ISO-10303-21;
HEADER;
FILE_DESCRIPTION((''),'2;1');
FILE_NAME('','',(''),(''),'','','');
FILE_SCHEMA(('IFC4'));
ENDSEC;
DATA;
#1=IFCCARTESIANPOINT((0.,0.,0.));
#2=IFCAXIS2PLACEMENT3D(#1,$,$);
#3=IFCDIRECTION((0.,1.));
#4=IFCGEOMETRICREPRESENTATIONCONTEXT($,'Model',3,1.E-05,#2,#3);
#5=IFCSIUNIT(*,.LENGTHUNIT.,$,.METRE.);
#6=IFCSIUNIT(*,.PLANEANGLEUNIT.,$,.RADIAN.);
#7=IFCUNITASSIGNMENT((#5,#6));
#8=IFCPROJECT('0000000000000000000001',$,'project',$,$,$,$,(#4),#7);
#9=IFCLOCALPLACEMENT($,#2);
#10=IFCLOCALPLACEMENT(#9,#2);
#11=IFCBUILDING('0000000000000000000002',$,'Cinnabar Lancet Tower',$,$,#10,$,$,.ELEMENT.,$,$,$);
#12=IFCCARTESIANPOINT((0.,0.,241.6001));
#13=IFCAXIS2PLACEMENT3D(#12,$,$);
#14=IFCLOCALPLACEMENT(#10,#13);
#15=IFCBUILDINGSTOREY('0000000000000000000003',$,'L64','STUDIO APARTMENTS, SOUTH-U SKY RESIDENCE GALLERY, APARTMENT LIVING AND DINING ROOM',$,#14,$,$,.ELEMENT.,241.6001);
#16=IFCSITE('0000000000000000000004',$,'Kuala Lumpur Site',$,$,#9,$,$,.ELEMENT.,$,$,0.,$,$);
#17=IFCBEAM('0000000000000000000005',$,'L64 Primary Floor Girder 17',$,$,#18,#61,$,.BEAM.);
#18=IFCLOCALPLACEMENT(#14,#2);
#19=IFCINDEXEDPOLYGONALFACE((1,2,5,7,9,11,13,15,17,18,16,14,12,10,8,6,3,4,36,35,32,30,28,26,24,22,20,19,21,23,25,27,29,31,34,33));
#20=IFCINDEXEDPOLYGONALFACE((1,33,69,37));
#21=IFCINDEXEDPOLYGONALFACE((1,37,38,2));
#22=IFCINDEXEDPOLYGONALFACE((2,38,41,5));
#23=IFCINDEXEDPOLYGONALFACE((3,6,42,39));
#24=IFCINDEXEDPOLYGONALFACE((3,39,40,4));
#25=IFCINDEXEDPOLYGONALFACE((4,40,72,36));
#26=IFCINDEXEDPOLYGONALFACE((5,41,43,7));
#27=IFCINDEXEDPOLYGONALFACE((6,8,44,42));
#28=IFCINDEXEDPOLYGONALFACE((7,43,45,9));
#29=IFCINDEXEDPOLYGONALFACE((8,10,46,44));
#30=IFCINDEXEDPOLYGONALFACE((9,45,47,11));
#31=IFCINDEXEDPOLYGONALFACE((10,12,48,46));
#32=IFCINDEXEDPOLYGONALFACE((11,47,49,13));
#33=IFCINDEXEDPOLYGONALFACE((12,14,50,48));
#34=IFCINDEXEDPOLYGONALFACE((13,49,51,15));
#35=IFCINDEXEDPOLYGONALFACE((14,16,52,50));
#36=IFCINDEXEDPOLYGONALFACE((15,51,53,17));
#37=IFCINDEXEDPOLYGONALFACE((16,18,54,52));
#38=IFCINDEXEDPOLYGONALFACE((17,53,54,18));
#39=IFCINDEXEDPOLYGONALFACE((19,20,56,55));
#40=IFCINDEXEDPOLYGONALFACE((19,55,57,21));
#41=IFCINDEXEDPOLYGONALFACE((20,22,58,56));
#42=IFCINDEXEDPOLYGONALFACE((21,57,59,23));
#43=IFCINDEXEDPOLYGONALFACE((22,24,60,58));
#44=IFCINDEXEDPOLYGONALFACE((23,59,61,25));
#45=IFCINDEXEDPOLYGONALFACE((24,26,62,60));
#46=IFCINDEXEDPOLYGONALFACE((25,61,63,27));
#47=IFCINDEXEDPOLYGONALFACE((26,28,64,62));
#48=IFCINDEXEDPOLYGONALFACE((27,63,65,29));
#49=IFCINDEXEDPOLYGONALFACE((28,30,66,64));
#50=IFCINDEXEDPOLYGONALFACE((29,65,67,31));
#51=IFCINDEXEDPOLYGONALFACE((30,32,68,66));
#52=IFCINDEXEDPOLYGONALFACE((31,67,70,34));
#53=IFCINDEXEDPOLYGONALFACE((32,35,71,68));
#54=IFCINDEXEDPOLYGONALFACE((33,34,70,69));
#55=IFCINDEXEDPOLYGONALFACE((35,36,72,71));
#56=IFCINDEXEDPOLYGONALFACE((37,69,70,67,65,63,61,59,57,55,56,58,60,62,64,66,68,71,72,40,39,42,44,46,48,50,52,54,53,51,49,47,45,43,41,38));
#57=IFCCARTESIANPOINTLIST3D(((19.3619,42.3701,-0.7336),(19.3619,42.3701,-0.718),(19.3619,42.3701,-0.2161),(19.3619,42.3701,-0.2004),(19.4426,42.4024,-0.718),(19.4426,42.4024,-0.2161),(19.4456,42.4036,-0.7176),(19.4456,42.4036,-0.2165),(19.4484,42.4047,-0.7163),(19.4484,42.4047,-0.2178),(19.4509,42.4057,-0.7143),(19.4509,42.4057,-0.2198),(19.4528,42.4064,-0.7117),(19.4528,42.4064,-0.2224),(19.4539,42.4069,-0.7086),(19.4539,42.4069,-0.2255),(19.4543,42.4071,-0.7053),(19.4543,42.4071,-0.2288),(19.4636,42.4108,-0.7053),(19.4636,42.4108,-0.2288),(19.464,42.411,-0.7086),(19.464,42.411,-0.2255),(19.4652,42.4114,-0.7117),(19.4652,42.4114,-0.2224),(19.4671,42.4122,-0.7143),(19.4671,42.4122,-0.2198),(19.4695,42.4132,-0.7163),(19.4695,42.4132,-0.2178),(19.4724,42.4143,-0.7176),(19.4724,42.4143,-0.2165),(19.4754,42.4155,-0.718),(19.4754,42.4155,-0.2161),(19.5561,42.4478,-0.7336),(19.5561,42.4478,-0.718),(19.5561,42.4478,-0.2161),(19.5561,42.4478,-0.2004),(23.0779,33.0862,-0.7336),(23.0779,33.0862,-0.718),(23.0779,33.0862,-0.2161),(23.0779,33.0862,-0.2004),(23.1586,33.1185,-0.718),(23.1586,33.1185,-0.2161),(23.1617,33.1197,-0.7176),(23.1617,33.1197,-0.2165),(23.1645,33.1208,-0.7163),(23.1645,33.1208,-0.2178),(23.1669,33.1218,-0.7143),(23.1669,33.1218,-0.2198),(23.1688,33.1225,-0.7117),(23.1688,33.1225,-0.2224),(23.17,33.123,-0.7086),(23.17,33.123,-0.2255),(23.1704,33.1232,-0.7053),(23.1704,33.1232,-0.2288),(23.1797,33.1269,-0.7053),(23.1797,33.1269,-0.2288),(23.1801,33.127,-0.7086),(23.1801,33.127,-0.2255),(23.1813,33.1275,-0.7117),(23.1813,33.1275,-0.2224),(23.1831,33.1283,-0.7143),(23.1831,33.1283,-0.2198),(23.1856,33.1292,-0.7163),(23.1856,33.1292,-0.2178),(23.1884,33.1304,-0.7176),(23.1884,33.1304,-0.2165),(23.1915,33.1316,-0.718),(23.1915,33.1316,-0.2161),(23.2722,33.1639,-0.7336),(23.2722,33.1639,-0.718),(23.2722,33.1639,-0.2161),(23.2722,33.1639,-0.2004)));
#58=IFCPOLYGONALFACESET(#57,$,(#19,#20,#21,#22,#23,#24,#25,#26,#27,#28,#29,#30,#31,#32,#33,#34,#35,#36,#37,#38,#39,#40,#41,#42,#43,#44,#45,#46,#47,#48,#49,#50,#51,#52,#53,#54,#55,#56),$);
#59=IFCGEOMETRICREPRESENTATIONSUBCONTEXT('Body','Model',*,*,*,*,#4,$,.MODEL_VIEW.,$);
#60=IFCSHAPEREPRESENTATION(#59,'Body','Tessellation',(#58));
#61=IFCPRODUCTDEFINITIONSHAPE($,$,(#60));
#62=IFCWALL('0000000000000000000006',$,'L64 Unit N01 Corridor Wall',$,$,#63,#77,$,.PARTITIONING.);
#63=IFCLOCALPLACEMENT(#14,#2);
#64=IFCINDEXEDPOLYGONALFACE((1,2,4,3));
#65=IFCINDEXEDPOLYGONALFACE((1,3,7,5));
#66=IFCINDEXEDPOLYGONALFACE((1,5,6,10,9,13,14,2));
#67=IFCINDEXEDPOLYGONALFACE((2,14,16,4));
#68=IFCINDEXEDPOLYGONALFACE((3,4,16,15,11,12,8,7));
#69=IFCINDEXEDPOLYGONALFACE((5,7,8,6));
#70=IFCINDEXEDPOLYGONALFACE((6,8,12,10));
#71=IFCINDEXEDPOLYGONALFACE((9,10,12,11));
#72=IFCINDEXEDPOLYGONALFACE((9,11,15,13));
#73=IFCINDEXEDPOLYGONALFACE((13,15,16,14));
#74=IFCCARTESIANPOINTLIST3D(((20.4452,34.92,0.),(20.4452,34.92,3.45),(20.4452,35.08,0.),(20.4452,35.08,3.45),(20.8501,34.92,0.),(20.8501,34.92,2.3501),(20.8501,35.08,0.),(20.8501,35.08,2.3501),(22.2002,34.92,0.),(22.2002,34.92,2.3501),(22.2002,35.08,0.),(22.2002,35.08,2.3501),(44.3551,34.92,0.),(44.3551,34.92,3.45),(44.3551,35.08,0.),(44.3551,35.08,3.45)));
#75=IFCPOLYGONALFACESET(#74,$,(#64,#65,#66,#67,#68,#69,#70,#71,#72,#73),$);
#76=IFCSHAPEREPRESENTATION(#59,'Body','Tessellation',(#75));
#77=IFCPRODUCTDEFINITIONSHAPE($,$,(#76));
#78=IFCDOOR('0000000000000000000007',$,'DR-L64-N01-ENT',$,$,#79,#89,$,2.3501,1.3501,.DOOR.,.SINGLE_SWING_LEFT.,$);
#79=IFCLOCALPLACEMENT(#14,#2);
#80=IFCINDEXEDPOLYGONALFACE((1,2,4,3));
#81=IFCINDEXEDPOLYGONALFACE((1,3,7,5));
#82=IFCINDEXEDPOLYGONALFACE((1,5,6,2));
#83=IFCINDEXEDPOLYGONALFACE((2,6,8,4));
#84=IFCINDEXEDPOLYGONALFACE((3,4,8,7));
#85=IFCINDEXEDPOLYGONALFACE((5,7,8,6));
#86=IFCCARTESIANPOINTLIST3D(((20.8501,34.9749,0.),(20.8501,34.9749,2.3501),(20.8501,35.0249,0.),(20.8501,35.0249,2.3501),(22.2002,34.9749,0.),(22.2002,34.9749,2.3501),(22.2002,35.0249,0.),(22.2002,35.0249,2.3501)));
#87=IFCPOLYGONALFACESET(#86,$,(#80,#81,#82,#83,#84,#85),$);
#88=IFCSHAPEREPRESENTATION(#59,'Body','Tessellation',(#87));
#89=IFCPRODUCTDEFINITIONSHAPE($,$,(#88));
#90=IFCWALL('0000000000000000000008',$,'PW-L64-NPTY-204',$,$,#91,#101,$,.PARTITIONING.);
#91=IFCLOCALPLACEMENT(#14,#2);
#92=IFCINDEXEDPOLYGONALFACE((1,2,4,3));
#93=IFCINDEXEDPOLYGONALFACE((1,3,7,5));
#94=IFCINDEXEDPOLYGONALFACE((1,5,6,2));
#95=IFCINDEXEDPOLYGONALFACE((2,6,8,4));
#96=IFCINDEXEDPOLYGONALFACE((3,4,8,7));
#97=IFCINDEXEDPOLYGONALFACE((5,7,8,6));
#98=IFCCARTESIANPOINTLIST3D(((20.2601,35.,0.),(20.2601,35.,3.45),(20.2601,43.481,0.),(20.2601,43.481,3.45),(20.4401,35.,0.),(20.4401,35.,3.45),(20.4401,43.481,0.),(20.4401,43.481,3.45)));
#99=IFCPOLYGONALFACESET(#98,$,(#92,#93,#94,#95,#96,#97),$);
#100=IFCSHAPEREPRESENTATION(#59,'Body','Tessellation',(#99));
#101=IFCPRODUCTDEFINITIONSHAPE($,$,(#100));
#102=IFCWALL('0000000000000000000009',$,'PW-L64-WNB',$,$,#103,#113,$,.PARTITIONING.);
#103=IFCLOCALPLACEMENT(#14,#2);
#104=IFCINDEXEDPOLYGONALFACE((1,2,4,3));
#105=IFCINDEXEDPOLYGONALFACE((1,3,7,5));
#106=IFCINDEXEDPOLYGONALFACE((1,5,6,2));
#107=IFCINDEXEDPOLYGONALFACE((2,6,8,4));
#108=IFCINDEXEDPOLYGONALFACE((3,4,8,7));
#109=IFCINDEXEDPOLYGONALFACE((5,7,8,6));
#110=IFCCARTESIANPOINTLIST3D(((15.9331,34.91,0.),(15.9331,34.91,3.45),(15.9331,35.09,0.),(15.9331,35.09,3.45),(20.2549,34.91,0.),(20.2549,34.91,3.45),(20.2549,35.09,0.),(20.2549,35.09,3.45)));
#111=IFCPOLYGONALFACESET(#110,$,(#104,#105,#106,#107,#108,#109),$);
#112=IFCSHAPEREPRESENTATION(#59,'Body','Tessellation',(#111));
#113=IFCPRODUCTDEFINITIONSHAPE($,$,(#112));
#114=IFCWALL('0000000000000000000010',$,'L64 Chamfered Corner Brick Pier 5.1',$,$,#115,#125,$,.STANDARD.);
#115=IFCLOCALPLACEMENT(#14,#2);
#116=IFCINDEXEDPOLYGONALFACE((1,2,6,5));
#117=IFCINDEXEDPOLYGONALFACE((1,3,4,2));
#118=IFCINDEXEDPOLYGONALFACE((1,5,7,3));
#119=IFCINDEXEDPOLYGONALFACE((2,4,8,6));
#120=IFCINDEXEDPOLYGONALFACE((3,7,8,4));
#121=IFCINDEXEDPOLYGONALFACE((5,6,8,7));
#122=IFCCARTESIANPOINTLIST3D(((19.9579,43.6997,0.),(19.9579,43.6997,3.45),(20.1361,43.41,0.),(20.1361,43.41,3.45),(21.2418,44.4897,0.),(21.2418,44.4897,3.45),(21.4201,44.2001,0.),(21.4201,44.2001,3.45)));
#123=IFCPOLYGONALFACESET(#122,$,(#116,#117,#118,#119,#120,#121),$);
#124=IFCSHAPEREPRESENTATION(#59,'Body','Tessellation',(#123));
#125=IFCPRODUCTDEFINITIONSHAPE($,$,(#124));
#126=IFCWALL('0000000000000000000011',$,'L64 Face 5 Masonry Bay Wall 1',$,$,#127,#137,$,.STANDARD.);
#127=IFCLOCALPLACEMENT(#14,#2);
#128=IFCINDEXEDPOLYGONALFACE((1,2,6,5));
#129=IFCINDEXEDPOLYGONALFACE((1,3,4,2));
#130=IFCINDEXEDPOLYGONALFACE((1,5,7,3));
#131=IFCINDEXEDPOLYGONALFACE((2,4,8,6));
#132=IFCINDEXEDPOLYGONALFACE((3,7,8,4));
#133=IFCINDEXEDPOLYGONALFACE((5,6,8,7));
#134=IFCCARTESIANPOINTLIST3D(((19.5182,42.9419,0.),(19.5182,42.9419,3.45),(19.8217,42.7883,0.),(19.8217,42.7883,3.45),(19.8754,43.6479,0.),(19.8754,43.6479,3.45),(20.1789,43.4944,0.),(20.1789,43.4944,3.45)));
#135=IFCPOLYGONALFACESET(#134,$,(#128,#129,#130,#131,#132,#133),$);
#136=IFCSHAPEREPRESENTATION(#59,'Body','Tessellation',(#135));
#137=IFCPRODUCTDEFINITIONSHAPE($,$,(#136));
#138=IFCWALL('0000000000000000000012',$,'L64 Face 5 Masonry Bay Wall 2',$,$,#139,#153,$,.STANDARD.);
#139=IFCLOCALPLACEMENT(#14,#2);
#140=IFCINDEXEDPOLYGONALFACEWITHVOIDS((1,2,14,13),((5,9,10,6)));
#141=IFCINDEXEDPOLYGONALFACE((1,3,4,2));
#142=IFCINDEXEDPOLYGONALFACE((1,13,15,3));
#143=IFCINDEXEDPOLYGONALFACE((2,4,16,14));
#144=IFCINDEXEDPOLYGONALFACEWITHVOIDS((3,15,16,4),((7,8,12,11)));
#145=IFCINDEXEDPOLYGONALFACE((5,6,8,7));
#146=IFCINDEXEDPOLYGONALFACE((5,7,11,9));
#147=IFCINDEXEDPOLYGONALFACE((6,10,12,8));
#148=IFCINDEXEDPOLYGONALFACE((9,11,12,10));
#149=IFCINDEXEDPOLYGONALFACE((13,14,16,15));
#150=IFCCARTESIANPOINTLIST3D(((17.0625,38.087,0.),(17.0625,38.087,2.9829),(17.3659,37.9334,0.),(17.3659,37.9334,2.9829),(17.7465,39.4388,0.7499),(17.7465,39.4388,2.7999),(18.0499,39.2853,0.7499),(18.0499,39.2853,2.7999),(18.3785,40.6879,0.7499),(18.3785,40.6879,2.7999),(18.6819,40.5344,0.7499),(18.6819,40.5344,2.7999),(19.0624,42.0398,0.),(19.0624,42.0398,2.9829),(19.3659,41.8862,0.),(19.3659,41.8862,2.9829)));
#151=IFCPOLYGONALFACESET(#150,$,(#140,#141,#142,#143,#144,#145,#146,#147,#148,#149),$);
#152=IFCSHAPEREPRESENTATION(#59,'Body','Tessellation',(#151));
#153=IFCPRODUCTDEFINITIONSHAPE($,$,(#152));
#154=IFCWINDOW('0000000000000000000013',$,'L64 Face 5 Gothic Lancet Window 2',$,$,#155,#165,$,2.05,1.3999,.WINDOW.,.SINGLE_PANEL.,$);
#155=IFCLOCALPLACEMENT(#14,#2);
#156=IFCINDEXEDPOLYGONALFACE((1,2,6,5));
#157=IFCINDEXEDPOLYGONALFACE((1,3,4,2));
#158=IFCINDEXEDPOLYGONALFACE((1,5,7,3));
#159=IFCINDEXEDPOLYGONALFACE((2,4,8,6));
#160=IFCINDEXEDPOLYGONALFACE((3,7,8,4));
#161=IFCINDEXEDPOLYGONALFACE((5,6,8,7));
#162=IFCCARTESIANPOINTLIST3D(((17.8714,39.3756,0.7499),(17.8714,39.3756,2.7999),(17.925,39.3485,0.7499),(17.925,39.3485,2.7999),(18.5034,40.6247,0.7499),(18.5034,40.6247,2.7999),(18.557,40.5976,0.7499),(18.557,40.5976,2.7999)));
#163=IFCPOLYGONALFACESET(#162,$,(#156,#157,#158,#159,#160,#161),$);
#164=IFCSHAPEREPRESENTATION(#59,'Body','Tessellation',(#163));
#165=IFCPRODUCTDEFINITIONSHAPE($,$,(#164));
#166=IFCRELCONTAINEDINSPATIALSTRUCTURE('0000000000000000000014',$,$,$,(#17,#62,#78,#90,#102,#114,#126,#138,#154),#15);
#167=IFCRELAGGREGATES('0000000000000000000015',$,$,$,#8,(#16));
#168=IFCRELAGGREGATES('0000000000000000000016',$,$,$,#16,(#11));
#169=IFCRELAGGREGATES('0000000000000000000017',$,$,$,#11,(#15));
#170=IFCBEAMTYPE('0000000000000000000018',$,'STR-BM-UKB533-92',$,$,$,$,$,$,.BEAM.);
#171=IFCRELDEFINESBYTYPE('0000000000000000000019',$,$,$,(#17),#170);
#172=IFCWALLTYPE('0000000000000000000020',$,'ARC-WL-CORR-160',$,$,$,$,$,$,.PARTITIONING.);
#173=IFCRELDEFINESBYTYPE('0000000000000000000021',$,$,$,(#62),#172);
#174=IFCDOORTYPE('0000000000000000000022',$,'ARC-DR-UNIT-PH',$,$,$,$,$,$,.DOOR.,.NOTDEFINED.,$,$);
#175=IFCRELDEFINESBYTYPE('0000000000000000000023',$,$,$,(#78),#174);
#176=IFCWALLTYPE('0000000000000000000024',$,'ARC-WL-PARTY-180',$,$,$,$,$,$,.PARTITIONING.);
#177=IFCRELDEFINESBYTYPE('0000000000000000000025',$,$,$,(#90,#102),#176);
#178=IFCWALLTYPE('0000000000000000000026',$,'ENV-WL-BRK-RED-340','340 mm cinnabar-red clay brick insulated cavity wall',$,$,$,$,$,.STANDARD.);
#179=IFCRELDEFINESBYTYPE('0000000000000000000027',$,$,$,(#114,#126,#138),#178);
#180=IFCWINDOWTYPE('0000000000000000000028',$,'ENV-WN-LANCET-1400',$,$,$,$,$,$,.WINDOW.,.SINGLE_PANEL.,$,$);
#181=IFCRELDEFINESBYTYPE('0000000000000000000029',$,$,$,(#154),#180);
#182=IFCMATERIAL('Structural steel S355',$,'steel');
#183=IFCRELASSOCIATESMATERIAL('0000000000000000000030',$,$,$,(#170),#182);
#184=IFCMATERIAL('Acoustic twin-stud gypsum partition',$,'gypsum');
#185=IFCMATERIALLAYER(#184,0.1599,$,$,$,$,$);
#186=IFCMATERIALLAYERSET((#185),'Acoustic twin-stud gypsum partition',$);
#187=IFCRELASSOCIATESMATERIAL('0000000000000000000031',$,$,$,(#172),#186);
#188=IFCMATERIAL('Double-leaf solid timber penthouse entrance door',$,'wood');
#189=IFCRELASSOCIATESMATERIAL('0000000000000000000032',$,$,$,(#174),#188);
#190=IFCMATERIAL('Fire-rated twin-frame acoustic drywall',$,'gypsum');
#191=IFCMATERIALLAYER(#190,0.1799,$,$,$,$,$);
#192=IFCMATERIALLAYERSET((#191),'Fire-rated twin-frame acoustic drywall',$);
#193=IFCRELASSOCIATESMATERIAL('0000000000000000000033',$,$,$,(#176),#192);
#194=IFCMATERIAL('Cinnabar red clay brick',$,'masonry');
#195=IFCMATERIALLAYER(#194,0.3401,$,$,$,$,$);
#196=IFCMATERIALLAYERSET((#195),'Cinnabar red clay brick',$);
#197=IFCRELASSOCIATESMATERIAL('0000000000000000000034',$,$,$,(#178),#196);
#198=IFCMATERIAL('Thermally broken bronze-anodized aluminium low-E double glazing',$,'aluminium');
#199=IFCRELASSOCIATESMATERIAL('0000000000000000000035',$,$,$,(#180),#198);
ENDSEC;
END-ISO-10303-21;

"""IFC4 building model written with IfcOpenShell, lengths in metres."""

from ifc_helpers import new_model, si_unit, direction, frame, frame_2d, origin, origin_2d, place, context, subcontext, project, spatial, rectangle, i_section, extrude, material, layer, layer_set, material_profile, profile_set, type_object, element, fill, save


model = new_model("IFC4")

# Units and contexts
model_context = context("Model", 3, precision=1e-05, world=origin(), true_north=direction((0.0, 1.0)))
body_context = subcontext(model_context, "Body", "Model", "MODEL_VIEW")
ifc_project = project(units=[si_unit("LENGTHUNIT", "METRE"), si_unit("PLANEANGLEUNIT", "RADIAN")], contexts=[model_context])

# Site, building, storey
site_placement = place(None, origin())
site = spatial("IfcSite", under=ifc_project, at=site_placement, Name="Kuala Lumpur Site", CompositionType="ELEMENT", RefElevation=0.0)
building_placement = place(site_placement, origin())
building = spatial("IfcBuilding", under=site, at=building_placement, Name="Cinnabar Lancet Tower", CompositionType="ELEMENT")
storey_placement = place(building_placement, frame((0.0, 0.0, 241.6001)))
storey = spatial("IfcBuildingStorey", under=building, at=storey_placement, Name="L64", Description="STUDIO APARTMENTS, SOUTH-U SKY RESIDENCE GALLERY, APARTMENT LIVING AND DINING ROOM", CompositionType="ELEMENT", Elevation=241.6001)

# Beam
ifc_material_1 = material(Name="Structural steel S355", Category="steel")
ifc_material_profile_1 = material_profile(ifc_material_1, i_section(OverallWidth=0.2092, OverallDepth=0.5332, WebThickness=0.01, FlangeThickness=0.0156, FilletRadius=0.0127, at=origin_2d()), Name="UKB 533x210x92")
ifc_profile_set_1 = profile_set([ifc_material_profile_1], Name="Structural steel S355")
beam_type_1 = type_object("IfcBeamType", Name="STR-BM-UKB533-92", PredefinedType="BEAM", material=ifc_profile_set_1)
beam_1_placement = place(storey_placement, frame((19.459, 42.4089, -0.467), z_axis=(0.371605, -0.928391, 0.0), x_axis=(0.928391, 0.371605, 0.0)))
element("IfcBeam", 1, at=beam_1_placement, inside=storey, type_object=beam_type_1, Name="L64 Primary Floor Girder 17", PredefinedType="BEAM", context=body_context, shape_type="SweptSolid", body=[
    extrude(i_section(OverallWidth=0.2092, OverallDepth=0.5332, WebThickness=0.01, FlangeThickness=0.0156, FilletRadius=0.0127, at=origin_2d()), origin(), (0.0, 0.0, 1.0), 10.0),
])

# Wall, opening, door
ifc_material_2 = material(Name="Acoustic twin-stud gypsum partition", Category="gypsum")
ifc_layer_1 = layer(ifc_material_2, 0.1599)
ifc_layer_set_1 = layer_set([ifc_layer_1], Name="Acoustic twin-stud gypsum partition")
wall_type_1 = type_object("IfcWallType", Name="ARC-WL-CORR-160", PredefinedType="PARTITIONING", material=ifc_layer_set_1)
wall_1_placement = place(storey_placement, frame((20.4451, 35.0, 0.0), z_axis=(0.0, 0.0, 1.0), x_axis=(1.0, 0.0, 0.0)))
wall_1 = element("IfcWall", 2, at=wall_1_placement, inside=storey, type_object=wall_type_1, Name="L64 Unit N01 Corridor Wall", PredefinedType="PARTITIONING", context=body_context, shape_type="SweptSolid", body=[
    extrude(rectangle(XDim=23.9099, YDim=0.1599, at=frame_2d((11.9551, 0.0))), origin(), (0.0, 0.0, 1.0), 3.45),
])
opening_1_placement = place(wall_1_placement, frame((0.405, 0.0, 0.0)))
opening_1 = element("IfcOpeningElement", 3, at=opening_1_placement, cuts=wall_1, PredefinedType="OPENING", context=body_context, shape_type="SweptSolid", body=[
    extrude(rectangle(XDim=1.3501, YDim=2.3501, at=frame_2d((0.675, 1.175))), frame((0.0, 0.0898, 0.0), z_axis=(0.0, -1.0, 0.0), x_axis=(1.0, 0.0, 0.0)), (0.0, 0.0, 1.0), 0.1799),
])
ifc_material_3 = material(Name="Double-leaf solid timber penthouse entrance door", Category="wood")
door_type = type_object("IfcDoorType", Name="ARC-DR-UNIT-PH", OperationType="NOTDEFINED", PredefinedType="DOOR", material=ifc_material_3)
door_placement = place(opening_1_placement, origin())
door = element("IfcDoor", 4, at=door_placement, inside=storey, type_object=door_type, Name="DR-L64-N01-ENT", OperationType="SINGLE_SWING_LEFT", OverallHeight=2.3501, OverallWidth=1.3501, PredefinedType="DOOR", context=body_context, shape_type="SweptSolid", body=[
    extrude(rectangle(XDim=1.3501, YDim=2.3501, at=frame_2d((0.675, 1.175))), frame((0.0, 0.0249, 0.0), z_axis=(0.0, -1.0, 0.0), x_axis=(1.0, 0.0, 0.0)), (0.0, 0.0, 1.0), 0.05),
])
fill(opening_1, door)

# Walls
ifc_material_4 = material(Name="Fire-rated twin-frame acoustic drywall", Category="gypsum")
ifc_layer_2 = layer(ifc_material_4, 0.1799)
ifc_layer_set_2 = layer_set([ifc_layer_2], Name="Fire-rated twin-frame acoustic drywall")
wall_type_2 = type_object("IfcWallType", Name="ARC-WL-PARTY-180", PredefinedType="PARTITIONING", material=ifc_layer_set_2)
wall_2_placement = place(storey_placement, frame((20.3501, 35.0, 0.0), z_axis=(0.0, 0.0, 1.0), x_axis=(0.0, 1.0, 0.0)))
element("IfcWall", 5, at=wall_2_placement, inside=storey, type_object=wall_type_2, Name="PW-L64-NPTY-204", PredefinedType="PARTITIONING", context=body_context, shape_type="SweptSolid", body=[
    extrude(rectangle(XDim=8.481, YDim=0.1799, at=frame_2d((4.2405, 0.0))), origin(), (0.0, 0.0, 1.0), 3.45),
])
wall_3_placement = place(storey_placement, frame((15.9331, 35.0, 0.0), z_axis=(0.0, 0.0, 1.0), x_axis=(1.0, 0.0, 0.0)))
element("IfcWall", 6, at=wall_3_placement, inside=storey, type_object=wall_type_2, Name="PW-L64-WNB", PredefinedType="PARTITIONING", context=body_context, shape_type="SweptSolid", body=[
    extrude(rectangle(XDim=4.3218, YDim=0.1799, at=frame_2d((2.1609, 0.0))), origin(), (0.0, 0.0, 1.0), 3.45),
])
ifc_material_5 = material(Name="Cinnabar red clay brick", Category="masonry")
ifc_layer_3 = layer(ifc_material_5, 0.3401)
ifc_layer_set_3 = layer_set([ifc_layer_3], Name="Cinnabar red clay brick")
wall_type_3 = type_object("IfcWallType", Name="ENV-WL-BRK-RED-340", Description="340 mm cinnabar-red clay brick insulated cavity wall", PredefinedType="STANDARD", material=ifc_layer_set_3)
wall_4_placement = place(storey_placement, frame((21.3311, 44.345, 0.0), z_axis=(0.0, 0.0, 1.0), x_axis=(-0.851681, -0.524061, 0.0)))
element("IfcWall", 7, at=wall_4_placement, inside=storey, type_object=wall_type_3, Name="L64 Chamfered Corner Brick Pier 5.1", PredefinedType="STANDARD", context=body_context, shape_type="SweptSolid", body=[
    extrude(rectangle(XDim=1.5076, YDim=0.3401, at=frame_2d((0.7539, 0.0))), origin(), (0.0, 0.0, 1.0), 3.45),
])
wall_5_placement = place(storey_placement, frame((20.0271, 43.571, 0.0), z_axis=(0.0, 0.0, 1.0), x_axis=(-0.451405, -0.892319, 0.0)))
element("IfcWall", 8, at=wall_5_placement, inside=storey, type_object=wall_type_3, Name="L64 Face 5 Masonry Bay Wall 1", PredefinedType="STANDARD", context=body_context, shape_type="SweptSolid", body=[
    extrude(rectangle(XDim=0.7913, YDim=0.3401, at=frame_2d((0.3955, 0.0))), origin(), (0.0, 0.0, 1.0), 3.45),
])

# Wall, opening, window
wall_6_placement = place(storey_placement, frame((19.2141, 41.9629, 0.0), z_axis=(0.0, 0.0, 1.0), x_axis=(-0.451463, -0.89229, 0.0)))
wall_6 = element("IfcWall", 9, at=wall_6_placement, inside=storey, type_object=wall_type_3, Name="L64 Face 5 Masonry Bay Wall 2", PredefinedType="STANDARD", context=body_context, shape_type="SweptSolid", body=[
    extrude(rectangle(XDim=4.4299, YDim=0.3401, at=frame_2d((2.2148, 0.0))), origin(), (0.0, 0.0, 1.0), 2.9829),
])
opening_2_placement = place(wall_6_placement, frame((1.5149, 0.0, 0.75)))
opening_2 = element("IfcOpeningElement", 10, at=opening_2_placement, cuts=wall_6, PredefinedType="OPENING", context=body_context, shape_type="SweptSolid", body=[
    extrude(rectangle(XDim=1.3999, YDim=2.05, at=frame_2d((0.7, 1.0249))), frame((0.0, 0.1799, 0.0), z_axis=(0.0, -1.0, 0.0), x_axis=(1.0, 0.0, 0.0)), (0.0, 0.0, 1.0), 0.3601),
])
ifc_material_6 = material(Name="Thermally broken bronze-anodized aluminium low-E double glazing", Category="aluminium")
window_type_1 = type_object("IfcWindowType", Name="ENV-WN-LANCET-1400", PartitioningType="SINGLE_PANEL", PredefinedType="WINDOW", material=ifc_material_6)
window_1_placement = place(opening_2_placement, origin())
window_1 = element("IfcWindow", 11, at=window_1_placement, inside=storey, type_object=window_type_1, Name="L64 Face 5 Gothic Lancet Window 2", OverallHeight=2.05, OverallWidth=1.3999, PartitioningType="SINGLE_PANEL", PredefinedType="WINDOW", context=body_context, shape_type="SweptSolid", body=[
    extrude(rectangle(XDim=1.3999, YDim=2.05, at=frame_2d((0.7, 1.0249))), frame((0.0, 0.03, 0.0), z_axis=(0.0, -1.0, 0.0), x_axis=(1.0, 0.0, 0.0)), (0.0, 0.0, 1.0), 0.0601),
])
fill(opening_2, window_1)

save(model, "model.ifc")
